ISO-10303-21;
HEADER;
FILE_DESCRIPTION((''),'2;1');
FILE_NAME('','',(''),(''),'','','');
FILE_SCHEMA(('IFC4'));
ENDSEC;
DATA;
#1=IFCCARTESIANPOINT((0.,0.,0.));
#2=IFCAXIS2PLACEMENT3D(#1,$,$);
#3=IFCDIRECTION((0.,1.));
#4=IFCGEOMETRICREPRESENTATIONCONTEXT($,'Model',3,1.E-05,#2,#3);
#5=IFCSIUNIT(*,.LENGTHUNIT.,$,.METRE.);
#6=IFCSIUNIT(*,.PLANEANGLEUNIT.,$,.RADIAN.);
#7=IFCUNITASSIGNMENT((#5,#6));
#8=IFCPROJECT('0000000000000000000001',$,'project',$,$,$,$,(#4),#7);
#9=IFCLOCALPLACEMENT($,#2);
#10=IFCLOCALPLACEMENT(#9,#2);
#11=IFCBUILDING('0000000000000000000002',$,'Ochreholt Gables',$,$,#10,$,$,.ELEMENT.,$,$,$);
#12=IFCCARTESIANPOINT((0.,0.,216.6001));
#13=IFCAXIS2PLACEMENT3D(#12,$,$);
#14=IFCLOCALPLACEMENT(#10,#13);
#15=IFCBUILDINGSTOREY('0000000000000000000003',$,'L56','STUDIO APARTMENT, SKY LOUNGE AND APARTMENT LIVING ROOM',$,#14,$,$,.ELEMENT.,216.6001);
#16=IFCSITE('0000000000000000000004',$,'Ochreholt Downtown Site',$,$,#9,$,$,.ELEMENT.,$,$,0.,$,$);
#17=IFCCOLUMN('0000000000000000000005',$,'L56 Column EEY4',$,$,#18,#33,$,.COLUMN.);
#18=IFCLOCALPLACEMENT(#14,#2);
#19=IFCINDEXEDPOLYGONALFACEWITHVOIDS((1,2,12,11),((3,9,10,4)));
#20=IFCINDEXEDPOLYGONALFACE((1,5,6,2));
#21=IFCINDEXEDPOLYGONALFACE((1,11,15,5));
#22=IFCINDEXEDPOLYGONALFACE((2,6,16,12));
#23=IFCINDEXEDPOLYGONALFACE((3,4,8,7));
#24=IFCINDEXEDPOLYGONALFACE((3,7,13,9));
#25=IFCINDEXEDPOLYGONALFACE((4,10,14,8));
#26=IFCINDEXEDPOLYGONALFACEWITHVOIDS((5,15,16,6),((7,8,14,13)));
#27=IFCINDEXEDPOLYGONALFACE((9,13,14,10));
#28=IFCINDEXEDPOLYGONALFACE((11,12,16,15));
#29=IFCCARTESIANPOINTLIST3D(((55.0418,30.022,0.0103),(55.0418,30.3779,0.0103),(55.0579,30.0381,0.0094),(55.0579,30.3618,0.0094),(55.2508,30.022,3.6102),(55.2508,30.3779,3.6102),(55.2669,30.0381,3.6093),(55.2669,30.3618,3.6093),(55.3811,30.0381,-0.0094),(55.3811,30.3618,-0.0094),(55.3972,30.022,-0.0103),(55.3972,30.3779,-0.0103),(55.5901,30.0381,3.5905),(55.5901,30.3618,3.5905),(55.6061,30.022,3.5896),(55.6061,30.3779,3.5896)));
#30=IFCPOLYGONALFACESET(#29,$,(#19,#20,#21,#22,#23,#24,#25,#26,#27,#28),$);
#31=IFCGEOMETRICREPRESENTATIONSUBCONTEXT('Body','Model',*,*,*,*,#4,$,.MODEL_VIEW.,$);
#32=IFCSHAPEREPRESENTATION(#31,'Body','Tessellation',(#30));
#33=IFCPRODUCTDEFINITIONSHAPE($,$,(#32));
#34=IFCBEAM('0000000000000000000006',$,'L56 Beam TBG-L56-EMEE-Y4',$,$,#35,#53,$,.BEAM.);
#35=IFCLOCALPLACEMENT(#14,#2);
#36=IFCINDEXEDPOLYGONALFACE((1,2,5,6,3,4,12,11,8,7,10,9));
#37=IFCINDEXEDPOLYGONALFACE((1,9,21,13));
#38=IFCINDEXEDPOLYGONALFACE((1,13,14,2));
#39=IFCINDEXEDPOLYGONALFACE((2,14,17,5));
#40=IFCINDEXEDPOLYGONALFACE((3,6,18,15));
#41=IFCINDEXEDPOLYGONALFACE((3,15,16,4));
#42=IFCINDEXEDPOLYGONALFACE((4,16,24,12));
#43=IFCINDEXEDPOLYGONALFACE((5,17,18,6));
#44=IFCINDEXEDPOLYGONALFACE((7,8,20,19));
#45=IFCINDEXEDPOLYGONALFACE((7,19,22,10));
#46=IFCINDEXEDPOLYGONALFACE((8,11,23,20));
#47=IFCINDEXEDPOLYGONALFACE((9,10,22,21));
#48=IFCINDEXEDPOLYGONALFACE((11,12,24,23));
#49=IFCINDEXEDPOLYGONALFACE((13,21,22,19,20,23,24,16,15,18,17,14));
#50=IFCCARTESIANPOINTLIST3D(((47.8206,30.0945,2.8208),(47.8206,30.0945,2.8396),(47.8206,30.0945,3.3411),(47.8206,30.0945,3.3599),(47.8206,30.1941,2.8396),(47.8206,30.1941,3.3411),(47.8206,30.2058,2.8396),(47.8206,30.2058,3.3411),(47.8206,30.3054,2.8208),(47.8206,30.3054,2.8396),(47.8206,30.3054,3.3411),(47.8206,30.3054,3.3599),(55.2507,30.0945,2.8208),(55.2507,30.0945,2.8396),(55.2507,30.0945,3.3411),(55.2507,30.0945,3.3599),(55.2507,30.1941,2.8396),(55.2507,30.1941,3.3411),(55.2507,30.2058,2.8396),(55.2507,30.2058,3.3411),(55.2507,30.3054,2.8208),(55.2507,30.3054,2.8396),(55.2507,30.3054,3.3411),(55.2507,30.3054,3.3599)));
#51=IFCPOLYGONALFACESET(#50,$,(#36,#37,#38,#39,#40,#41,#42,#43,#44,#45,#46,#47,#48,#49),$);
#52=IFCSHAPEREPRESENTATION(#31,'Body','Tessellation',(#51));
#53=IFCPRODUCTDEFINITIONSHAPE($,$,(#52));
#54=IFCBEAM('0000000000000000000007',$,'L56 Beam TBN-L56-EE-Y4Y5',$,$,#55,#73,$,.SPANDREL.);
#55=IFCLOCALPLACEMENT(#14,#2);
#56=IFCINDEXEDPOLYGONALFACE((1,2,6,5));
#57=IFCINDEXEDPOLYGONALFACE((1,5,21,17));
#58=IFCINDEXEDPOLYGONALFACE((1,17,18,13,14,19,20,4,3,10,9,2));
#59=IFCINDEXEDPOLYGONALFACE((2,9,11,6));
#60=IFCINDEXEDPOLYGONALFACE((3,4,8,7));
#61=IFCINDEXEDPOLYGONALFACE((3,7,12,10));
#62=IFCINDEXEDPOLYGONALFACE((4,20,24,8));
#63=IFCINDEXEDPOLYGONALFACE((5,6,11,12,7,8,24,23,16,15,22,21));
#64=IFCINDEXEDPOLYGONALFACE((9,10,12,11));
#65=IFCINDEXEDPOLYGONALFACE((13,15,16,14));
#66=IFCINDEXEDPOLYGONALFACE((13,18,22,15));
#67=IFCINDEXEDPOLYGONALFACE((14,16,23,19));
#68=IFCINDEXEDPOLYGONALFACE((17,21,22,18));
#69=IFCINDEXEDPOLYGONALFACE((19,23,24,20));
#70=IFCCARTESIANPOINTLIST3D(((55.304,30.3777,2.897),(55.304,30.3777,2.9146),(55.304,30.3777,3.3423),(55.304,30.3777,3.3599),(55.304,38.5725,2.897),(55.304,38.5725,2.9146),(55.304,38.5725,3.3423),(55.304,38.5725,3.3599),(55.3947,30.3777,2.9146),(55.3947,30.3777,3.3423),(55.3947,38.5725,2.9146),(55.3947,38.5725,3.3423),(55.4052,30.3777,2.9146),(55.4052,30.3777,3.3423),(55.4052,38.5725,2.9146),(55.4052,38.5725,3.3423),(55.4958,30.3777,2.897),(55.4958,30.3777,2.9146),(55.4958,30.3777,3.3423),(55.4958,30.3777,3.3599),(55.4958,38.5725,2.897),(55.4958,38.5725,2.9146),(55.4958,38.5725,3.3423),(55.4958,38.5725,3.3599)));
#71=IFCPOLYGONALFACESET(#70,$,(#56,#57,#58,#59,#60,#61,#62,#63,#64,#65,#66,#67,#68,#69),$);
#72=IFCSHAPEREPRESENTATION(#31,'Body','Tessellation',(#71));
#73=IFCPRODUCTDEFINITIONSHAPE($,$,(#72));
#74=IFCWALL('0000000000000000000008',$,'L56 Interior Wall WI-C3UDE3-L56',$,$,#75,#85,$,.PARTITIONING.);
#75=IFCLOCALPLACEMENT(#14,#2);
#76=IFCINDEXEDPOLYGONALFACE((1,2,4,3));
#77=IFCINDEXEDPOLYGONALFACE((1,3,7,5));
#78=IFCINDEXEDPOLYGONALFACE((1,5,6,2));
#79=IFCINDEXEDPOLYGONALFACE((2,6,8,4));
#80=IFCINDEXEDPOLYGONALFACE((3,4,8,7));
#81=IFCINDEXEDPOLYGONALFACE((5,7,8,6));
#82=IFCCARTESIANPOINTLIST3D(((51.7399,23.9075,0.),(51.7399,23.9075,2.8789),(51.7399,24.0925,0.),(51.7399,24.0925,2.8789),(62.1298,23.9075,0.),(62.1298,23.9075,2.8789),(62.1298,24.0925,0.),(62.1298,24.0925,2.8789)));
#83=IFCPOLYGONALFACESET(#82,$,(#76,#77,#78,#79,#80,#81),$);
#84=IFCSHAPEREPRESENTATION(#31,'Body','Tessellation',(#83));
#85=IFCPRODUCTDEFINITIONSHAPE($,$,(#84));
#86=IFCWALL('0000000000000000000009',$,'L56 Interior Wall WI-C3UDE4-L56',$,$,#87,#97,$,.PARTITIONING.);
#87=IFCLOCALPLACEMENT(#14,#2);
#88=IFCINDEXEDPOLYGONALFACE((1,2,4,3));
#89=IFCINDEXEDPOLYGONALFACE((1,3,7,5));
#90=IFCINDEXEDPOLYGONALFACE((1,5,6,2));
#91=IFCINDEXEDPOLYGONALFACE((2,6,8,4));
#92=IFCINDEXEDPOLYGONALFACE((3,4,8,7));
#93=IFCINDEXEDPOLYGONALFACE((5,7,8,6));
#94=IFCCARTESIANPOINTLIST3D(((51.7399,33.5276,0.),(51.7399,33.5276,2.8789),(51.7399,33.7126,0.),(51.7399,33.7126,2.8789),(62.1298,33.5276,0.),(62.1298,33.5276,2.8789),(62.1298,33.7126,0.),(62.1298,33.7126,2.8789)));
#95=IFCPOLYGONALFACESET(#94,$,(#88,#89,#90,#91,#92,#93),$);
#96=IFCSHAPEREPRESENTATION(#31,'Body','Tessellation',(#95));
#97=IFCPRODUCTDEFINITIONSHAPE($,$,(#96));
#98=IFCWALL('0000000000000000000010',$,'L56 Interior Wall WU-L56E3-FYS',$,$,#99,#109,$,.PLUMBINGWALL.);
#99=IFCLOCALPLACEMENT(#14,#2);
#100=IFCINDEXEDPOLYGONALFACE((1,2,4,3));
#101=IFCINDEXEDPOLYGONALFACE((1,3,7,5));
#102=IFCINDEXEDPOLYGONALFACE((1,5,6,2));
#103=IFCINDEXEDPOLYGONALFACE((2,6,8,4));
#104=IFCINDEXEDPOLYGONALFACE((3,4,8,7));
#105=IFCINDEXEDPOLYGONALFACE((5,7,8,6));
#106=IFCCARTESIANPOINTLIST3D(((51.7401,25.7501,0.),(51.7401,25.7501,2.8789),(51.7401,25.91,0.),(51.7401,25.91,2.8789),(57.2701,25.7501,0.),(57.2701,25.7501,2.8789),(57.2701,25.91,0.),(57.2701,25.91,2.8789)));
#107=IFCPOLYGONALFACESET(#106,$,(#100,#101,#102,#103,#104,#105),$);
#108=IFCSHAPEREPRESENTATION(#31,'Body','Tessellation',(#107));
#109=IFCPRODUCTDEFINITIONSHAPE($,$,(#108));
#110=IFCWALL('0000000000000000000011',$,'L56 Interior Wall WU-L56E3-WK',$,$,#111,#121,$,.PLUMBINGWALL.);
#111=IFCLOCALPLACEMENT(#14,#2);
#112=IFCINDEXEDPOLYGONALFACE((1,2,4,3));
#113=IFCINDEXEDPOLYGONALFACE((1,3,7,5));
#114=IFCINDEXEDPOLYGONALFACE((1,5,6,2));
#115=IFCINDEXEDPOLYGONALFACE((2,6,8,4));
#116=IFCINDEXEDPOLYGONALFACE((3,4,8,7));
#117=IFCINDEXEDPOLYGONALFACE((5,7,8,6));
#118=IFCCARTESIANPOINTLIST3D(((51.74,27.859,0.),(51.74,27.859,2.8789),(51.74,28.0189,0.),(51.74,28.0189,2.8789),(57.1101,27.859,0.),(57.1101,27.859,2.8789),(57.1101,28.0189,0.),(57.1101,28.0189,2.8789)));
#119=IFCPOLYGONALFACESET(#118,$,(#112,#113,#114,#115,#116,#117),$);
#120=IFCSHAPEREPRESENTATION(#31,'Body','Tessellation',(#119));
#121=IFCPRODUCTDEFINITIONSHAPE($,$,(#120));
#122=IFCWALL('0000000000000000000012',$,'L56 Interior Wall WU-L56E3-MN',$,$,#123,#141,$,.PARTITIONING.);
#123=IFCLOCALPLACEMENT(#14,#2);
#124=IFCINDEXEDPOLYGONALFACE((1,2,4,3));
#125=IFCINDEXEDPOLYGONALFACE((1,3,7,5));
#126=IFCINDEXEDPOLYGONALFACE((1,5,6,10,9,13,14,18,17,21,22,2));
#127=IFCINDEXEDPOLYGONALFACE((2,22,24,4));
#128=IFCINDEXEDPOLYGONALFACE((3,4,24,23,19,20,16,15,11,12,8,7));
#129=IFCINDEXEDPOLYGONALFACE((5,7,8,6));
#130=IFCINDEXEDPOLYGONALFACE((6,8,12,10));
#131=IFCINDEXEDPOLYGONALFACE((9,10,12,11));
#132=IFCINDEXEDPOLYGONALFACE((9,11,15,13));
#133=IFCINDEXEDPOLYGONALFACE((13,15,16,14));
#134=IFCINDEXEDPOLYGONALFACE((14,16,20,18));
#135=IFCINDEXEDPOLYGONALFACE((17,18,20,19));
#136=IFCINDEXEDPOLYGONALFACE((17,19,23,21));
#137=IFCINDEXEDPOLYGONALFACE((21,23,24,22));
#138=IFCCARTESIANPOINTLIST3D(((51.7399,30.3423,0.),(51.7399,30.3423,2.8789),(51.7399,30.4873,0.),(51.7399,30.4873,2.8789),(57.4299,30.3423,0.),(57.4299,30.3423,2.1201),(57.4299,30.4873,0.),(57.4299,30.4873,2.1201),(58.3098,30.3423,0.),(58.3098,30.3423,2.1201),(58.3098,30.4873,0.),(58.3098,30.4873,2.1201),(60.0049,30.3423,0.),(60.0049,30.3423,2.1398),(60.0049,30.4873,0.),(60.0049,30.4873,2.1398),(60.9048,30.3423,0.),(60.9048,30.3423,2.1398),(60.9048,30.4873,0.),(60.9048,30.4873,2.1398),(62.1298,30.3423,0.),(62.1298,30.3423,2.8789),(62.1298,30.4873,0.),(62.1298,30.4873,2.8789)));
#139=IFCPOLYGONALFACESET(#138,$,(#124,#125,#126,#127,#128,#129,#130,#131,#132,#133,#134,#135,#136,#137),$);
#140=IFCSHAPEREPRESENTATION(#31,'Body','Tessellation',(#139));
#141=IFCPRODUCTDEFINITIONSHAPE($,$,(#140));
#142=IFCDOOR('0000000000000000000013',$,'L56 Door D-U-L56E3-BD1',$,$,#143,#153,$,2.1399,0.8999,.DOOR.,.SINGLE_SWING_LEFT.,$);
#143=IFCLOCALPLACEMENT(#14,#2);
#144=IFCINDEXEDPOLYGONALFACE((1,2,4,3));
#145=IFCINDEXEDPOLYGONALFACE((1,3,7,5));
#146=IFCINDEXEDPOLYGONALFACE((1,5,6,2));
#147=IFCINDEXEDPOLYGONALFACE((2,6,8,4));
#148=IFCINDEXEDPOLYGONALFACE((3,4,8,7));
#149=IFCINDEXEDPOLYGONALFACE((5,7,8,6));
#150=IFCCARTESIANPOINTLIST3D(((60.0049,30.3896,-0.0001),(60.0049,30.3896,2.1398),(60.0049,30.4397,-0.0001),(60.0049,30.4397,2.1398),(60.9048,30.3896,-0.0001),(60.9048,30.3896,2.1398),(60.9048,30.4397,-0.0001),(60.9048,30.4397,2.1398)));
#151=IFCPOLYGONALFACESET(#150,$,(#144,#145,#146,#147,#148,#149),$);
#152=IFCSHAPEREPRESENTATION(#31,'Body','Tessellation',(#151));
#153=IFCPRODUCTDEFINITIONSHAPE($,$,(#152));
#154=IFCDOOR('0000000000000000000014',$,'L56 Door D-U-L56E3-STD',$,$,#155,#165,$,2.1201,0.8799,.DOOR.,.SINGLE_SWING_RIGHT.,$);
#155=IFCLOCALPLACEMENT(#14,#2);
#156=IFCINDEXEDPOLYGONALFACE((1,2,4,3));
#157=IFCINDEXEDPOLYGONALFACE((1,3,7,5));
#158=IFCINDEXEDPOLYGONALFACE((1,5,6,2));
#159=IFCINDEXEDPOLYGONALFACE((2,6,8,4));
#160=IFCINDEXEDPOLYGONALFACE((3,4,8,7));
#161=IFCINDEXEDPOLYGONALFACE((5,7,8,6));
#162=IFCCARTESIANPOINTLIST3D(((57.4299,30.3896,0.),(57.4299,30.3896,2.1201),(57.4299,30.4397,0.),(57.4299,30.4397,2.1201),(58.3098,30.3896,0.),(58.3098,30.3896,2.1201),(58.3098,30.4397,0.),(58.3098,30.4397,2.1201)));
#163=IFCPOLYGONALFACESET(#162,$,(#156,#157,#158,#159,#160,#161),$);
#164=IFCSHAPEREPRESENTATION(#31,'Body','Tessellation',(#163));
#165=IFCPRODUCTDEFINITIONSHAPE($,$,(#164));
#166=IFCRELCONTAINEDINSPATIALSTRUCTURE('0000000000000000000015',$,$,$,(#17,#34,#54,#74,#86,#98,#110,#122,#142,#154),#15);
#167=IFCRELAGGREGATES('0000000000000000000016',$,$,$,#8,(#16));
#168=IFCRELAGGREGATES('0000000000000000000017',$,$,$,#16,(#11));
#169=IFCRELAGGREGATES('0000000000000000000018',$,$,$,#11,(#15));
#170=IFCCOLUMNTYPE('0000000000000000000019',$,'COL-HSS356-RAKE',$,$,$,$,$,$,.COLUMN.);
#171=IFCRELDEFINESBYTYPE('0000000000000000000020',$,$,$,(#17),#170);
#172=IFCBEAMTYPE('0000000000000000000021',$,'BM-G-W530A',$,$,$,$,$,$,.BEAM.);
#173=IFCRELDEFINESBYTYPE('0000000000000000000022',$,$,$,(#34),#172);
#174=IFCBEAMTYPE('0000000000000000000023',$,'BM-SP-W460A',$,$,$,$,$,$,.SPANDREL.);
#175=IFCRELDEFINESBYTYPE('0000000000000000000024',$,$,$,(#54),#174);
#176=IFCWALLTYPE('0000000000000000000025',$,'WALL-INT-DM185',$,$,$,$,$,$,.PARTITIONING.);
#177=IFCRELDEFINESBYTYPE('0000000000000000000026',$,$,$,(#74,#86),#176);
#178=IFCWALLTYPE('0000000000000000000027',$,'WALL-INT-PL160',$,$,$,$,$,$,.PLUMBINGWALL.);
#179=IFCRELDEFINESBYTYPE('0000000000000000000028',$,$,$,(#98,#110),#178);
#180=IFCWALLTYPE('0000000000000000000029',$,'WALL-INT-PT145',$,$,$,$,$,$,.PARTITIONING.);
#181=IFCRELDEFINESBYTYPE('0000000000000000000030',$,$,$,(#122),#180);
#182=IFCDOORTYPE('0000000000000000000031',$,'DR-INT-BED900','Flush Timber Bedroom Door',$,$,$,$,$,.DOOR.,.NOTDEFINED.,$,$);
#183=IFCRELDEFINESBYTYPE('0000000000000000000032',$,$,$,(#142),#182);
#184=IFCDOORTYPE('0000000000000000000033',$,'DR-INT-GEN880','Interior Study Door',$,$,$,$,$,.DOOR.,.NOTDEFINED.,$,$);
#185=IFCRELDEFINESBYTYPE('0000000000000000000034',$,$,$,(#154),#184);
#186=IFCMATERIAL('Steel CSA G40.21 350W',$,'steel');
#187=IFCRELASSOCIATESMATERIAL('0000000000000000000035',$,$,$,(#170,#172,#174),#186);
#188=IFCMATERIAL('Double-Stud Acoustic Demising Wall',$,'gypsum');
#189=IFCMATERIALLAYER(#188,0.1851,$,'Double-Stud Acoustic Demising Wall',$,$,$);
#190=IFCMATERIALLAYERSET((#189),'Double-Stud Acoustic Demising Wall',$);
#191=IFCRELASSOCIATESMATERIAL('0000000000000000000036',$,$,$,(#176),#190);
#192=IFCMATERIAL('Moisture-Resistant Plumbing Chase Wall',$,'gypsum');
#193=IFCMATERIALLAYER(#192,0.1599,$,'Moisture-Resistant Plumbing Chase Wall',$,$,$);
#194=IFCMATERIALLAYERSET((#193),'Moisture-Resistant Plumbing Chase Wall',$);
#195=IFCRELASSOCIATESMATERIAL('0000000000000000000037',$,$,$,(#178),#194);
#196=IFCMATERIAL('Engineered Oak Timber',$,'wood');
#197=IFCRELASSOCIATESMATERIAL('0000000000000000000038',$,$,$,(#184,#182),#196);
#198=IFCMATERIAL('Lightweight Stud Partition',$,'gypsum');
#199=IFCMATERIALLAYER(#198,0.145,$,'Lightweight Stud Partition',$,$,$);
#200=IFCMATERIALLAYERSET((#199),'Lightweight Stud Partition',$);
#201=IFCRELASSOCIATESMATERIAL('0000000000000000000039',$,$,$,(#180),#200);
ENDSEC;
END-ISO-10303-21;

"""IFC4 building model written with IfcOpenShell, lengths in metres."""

from ifc_helpers import new_model, si_unit, direction, frame, frame_2d, origin, origin_2d, place, context, subcontext, project, spatial, rectangle, hollow_rectangle, i_section, extrude, material, layer, layer_set, material_profile, profile_set, type_object, element, fill, save


model = new_model("IFC4")

# Units and contexts
model_context = context("Model", 3, precision=1e-05, world=origin(), true_north=direction((0.0, 1.0)))
body_context = subcontext(model_context, "Body", "Model", "MODEL_VIEW")
ifc_project = project(units=[si_unit("LENGTHUNIT", "METRE"), si_unit("PLANEANGLEUNIT", "RADIAN")], contexts=[model_context])

# Site, building, storey
site_placement = place(None, origin())
site = spatial("IfcSite", under=ifc_project, at=site_placement, Name="Ochreholt Downtown Site", CompositionType="ELEMENT", RefElevation=0.0)
building_placement = place(site_placement, origin())
building = spatial("IfcBuilding", under=site, at=building_placement, Name="Ochreholt Gables", CompositionType="ELEMENT")
storey_placement = place(building_placement, frame((0.0, 0.0, 216.6001)))
storey = spatial("IfcBuildingStorey", under=building, at=storey_placement, Name="L56", Description="STUDIO APARTMENT, SKY LOUNGE AND APARTMENT LIVING ROOM", CompositionType="ELEMENT", Elevation=216.6001)

# Column
ifc_material_1 = material(Name="Steel CSA G40.21 350W", Category="steel")
ifc_material_profile_1 = material_profile(ifc_material_1, hollow_rectangle(XDim=0.356, YDim=0.356, WallThickness=0.0161, at=origin_2d()), Name="HSS356X356X16")
ifc_profile_set_1 = profile_set([ifc_material_profile_1], Name="Steel CSA G40.21 350W")
column_type = type_object("IfcColumnType", Name="COL-HSS356-RAKE", PredefinedType="COLUMN", material=ifc_profile_set_1)
column_placement = place(storey_placement, frame((55.2195, 30.2, 0.0), z_axis=(0.057956, 0.0, 0.998319), x_axis=(0.0, 1.0, 0.0)))
element("IfcColumn", 1, at=column_placement, inside=storey, type_object=column_type, Name="L56 Column EEY4", PredefinedType="COLUMN", context=body_context, shape_type="SweptSolid", body=[
    extrude(hollow_rectangle(XDim=0.356, YDim=0.356, WallThickness=0.0161, at=origin_2d()), origin(), (0.0, 0.0, 1.0), 3.606),
])

# Beams
ifc_material_profile_2 = material_profile(ifc_material_1, i_section(OverallWidth=0.2109, OverallDepth=0.5391, WebThickness=0.0117, FlangeThickness=0.0188, at=origin_2d()), Name="W530X109")
ifc_profile_set_2 = profile_set([ifc_material_profile_2], Name="Steel CSA G40.21 350W")
beam_type_1 = type_object("IfcBeamType", Name="BM-G-W530A", PredefinedType="BEAM", material=ifc_profile_set_2)
beam_1_placement = place(storey_placement, frame((47.8206, 30.2, 3.0903), z_axis=(1.0, 0.0, 0.0), x_axis=(0.0, 1.0, 0.0)))
element("IfcBeam", 2, at=beam_1_placement, inside=storey, type_object=beam_type_1, Name="L56 Beam TBG-L56-EMEE-Y4", PredefinedType="BEAM", context=body_context, shape_type="SweptSolid", body=[
    extrude(i_section(OverallWidth=0.2109, OverallDepth=0.5391, WebThickness=0.0117, FlangeThickness=0.0188, at=origin_2d()), origin(), (0.0, 0.0, 1.0), 7.4302),
])
ifc_material_profile_3 = material_profile(ifc_material_1, i_section(OverallWidth=0.1919, OverallDepth=0.4629, WebThickness=0.0105, FlangeThickness=0.0176, at=origin_2d()), Name="W460X89")
ifc_profile_set_3 = profile_set([ifc_material_profile_3], Name="Steel CSA G40.21 350W")
beam_type_2 = type_object("IfcBeamType", Name="BM-SP-W460A", PredefinedType="SPANDREL", material=ifc_profile_set_3)
beam_2_placement = place(storey_placement, frame((55.3999, 30.3777, 3.1284), z_axis=(0.0, 1.0, 0.0), x_axis=(-1.0, 0.0, 0.0)))
element("IfcBeam", 3, at=beam_2_placement, inside=storey, type_object=beam_type_2, Name="L56 Beam TBN-L56-EE-Y4Y5", PredefinedType="SPANDREL", context=body_context, shape_type="SweptSolid", body=[
    extrude(i_section(OverallWidth=0.1919, OverallDepth=0.4629, WebThickness=0.0105, FlangeThickness=0.0176, at=origin_2d()), origin(), (0.0, 0.0, 1.0), 8.1948),
])

# Walls
ifc_material_2 = material(Name="Double-Stud Acoustic Demising Wall", Category="gypsum")
ifc_layer_1 = layer(ifc_material_2, 0.1851, Name="Double-Stud Acoustic Demising Wall")
ifc_layer_set_1 = layer_set([ifc_layer_1], Name="Double-Stud Acoustic Demising Wall")
wall_type_1 = type_object("IfcWallType", Name="WALL-INT-DM185", PredefinedType="PARTITIONING", material=ifc_layer_set_1)
for number, where, z_axis, x_axis, name in (
    (4, (51.74, 24.0, 0.0), (0.0, 0.0, 1.0), (1.0, 0.0, 0.0), "L56 Interior Wall WI-C3UDE3-L56"),
    (5, (51.74, 33.6201, 0.0), (0.0, 0.0, 1.0), (1.0, 0.0, 0.0), "L56 Interior Wall WI-C3UDE4-L56"),
):
    element("IfcWall", number, at=place(storey_placement, frame(where, z_axis=z_axis, x_axis=x_axis)), inside=storey, type_object=wall_type_1, Name=name, PredefinedType="PARTITIONING", context=body_context, shape_type="SweptSolid", body=[
        extrude(rectangle(XDim=10.3899, YDim=0.1851, at=frame_2d((5.1948, 0.0))), origin(), (0.0, 0.0, 1.0), 2.8789),
    ])
ifc_material_3 = material(Name="Moisture-Resistant Plumbing Chase Wall", Category="gypsum")
ifc_layer_2 = layer(ifc_material_3, 0.1599, Name="Moisture-Resistant Plumbing Chase Wall")
ifc_layer_set_2 = layer_set([ifc_layer_2], Name="Moisture-Resistant Plumbing Chase Wall")
wall_type_2 = type_object("IfcWallType", Name="WALL-INT-PL160", PredefinedType="PLUMBINGWALL", material=ifc_layer_set_2)
wall_1_placement = place(storey_placement, frame((51.74, 25.8301, 0.0), z_axis=(0.0, 0.0, 1.0), x_axis=(1.0, 0.0, 0.0)))
element("IfcWall", 6, at=wall_1_placement, inside=storey, type_object=wall_type_2, Name="L56 Interior Wall WU-L56E3-FYS", PredefinedType="PLUMBINGWALL", context=body_context, shape_type="SweptSolid", body=[
    extrude(rectangle(XDim=5.53, YDim=0.1599, at=frame_2d((2.7651, 0.0))), origin(), (0.0, 0.0, 1.0), 2.8789),
])

# Shared definitions
ifc_material_4 = material(Name="Engineered Oak Timber", Category="wood")
door_type_1 = type_object("IfcDoorType", Name="DR-INT-GEN880", Description="Interior Study Door", OperationType="NOTDEFINED", PredefinedType="DOOR", material=ifc_material_4)

# Wall
wall_2_placement = place(storey_placement, frame((51.74, 27.939, 0.0), z_axis=(0.0, 0.0, 1.0), x_axis=(1.0, 0.0, 0.0)))
element("IfcWall", 7, at=wall_2_placement, inside=storey, type_object=wall_type_2, Name="L56 Interior Wall WU-L56E3-WK", PredefinedType="PLUMBINGWALL", context=body_context, shape_type="SweptSolid", body=[
    extrude(rectangle(XDim=5.3701, YDim=0.1599, at=frame_2d((2.6851, 0.0))), origin(), (0.0, 0.0, 1.0), 2.8789),
])

# Wall, openings, doors
ifc_material_5 = material(Name="Lightweight Stud Partition", Category="gypsum")
ifc_layer_3 = layer(ifc_material_5, 0.145, Name="Lightweight Stud Partition")
ifc_layer_set_3 = layer_set([ifc_layer_3], Name="Lightweight Stud Partition")
wall_type_3 = type_object("IfcWallType", Name="WALL-INT-PT145", PredefinedType="PARTITIONING", material=ifc_layer_set_3)
wall_3_placement = place(storey_placement, frame((51.74, 30.4148, 0.0), z_axis=(0.0, 0.0, 1.0), x_axis=(1.0, 0.0, 0.0)))
wall_3 = element("IfcWall", 8, at=wall_3_placement, inside=storey, type_object=wall_type_3, Name="L56 Interior Wall WU-L56E3-MN", PredefinedType="PARTITIONING", context=body_context, shape_type="SweptSolid", body=[
    extrude(rectangle(XDim=10.3899, YDim=0.145, at=frame_2d((5.1948, 0.0))), origin(), (0.0, 0.0, 1.0), 2.8789),
])
opening_1_placement = place(wall_3_placement, frame((5.6899, 0.0, 0.0)))
opening_1 = element("IfcOpeningElement", 9, at=opening_1_placement, cuts=wall_3, PredefinedType="OPENING", context=body_context, shape_type="SweptSolid", body=[
    extrude(rectangle(XDim=0.8799, YDim=2.1201, at=frame_2d((0.4399, 1.0601))), frame((0.0, 0.0825, 0.0), z_axis=(0.0, -1.0, 0.0), x_axis=(1.0, 0.0, 0.0)), (0.0, 0.0, 1.0), 0.165),
])
opening_2_placement = place(wall_3_placement, frame((8.2649, 0.0, 0.0)))
opening_2 = element("IfcOpeningElement", 10, at=opening_2_placement, cuts=wall_3, PredefinedType="OPENING", context=body_context, shape_type="SweptSolid", body=[
    extrude(rectangle(XDim=0.8999, YDim=2.1399, at=frame_2d((0.45, 1.0698))), frame((0.0, 0.0825, 0.0), z_axis=(0.0, -1.0, 0.0), x_axis=(1.0, 0.0, 0.0)), (0.0, 0.0, 1.0), 0.165),
])
door_type_2 = type_object("IfcDoorType", Name="DR-INT-BED900", Description="Flush Timber Bedroom Door", OperationType="NOTDEFINED", PredefinedType="DOOR", material=ifc_material_4)
door_1_placement = place(opening_2_placement, origin())
door_1 = element("IfcDoor", 11, at=door_1_placement, inside=storey, type_object=door_type_2, Name="L56 Door D-U-L56E3-BD1", OperationType="SINGLE_SWING_LEFT", OverallHeight=2.1399, OverallWidth=0.8999, PredefinedType="DOOR", context=body_context, shape_type="SweptSolid", body=[
    extrude(rectangle(XDim=0.8999, YDim=2.1399, at=frame_2d((0.45, 1.0698))), frame((0.0, 0.0249, 0.0), z_axis=(0.0, -1.0, 0.0), x_axis=(1.0, 0.0, 0.0)), (0.0, 0.0, 1.0), 0.05),
])
fill(opening_2, door_1)
door_2_placement = place(opening_1_placement, origin())
door_2 = element("IfcDoor", 12, at=door_2_placement, inside=storey, type_object=door_type_1, Name="L56 Door D-U-L56E3-STD", OperationType="SINGLE_SWING_RIGHT", OverallHeight=2.1201, OverallWidth=0.8799, PredefinedType="DOOR", context=body_context, shape_type="SweptSolid", body=[
    extrude(rectangle(XDim=0.8799, YDim=2.1201, at=frame_2d((0.4399, 1.0601))), frame((0.0, 0.0249, 0.0), z_axis=(0.0, -1.0, 0.0), x_axis=(1.0, 0.0, 0.0)), (0.0, 0.0, 1.0), 0.05),
])
fill(opening_1, door_2)

save(model, "model.ifc")
